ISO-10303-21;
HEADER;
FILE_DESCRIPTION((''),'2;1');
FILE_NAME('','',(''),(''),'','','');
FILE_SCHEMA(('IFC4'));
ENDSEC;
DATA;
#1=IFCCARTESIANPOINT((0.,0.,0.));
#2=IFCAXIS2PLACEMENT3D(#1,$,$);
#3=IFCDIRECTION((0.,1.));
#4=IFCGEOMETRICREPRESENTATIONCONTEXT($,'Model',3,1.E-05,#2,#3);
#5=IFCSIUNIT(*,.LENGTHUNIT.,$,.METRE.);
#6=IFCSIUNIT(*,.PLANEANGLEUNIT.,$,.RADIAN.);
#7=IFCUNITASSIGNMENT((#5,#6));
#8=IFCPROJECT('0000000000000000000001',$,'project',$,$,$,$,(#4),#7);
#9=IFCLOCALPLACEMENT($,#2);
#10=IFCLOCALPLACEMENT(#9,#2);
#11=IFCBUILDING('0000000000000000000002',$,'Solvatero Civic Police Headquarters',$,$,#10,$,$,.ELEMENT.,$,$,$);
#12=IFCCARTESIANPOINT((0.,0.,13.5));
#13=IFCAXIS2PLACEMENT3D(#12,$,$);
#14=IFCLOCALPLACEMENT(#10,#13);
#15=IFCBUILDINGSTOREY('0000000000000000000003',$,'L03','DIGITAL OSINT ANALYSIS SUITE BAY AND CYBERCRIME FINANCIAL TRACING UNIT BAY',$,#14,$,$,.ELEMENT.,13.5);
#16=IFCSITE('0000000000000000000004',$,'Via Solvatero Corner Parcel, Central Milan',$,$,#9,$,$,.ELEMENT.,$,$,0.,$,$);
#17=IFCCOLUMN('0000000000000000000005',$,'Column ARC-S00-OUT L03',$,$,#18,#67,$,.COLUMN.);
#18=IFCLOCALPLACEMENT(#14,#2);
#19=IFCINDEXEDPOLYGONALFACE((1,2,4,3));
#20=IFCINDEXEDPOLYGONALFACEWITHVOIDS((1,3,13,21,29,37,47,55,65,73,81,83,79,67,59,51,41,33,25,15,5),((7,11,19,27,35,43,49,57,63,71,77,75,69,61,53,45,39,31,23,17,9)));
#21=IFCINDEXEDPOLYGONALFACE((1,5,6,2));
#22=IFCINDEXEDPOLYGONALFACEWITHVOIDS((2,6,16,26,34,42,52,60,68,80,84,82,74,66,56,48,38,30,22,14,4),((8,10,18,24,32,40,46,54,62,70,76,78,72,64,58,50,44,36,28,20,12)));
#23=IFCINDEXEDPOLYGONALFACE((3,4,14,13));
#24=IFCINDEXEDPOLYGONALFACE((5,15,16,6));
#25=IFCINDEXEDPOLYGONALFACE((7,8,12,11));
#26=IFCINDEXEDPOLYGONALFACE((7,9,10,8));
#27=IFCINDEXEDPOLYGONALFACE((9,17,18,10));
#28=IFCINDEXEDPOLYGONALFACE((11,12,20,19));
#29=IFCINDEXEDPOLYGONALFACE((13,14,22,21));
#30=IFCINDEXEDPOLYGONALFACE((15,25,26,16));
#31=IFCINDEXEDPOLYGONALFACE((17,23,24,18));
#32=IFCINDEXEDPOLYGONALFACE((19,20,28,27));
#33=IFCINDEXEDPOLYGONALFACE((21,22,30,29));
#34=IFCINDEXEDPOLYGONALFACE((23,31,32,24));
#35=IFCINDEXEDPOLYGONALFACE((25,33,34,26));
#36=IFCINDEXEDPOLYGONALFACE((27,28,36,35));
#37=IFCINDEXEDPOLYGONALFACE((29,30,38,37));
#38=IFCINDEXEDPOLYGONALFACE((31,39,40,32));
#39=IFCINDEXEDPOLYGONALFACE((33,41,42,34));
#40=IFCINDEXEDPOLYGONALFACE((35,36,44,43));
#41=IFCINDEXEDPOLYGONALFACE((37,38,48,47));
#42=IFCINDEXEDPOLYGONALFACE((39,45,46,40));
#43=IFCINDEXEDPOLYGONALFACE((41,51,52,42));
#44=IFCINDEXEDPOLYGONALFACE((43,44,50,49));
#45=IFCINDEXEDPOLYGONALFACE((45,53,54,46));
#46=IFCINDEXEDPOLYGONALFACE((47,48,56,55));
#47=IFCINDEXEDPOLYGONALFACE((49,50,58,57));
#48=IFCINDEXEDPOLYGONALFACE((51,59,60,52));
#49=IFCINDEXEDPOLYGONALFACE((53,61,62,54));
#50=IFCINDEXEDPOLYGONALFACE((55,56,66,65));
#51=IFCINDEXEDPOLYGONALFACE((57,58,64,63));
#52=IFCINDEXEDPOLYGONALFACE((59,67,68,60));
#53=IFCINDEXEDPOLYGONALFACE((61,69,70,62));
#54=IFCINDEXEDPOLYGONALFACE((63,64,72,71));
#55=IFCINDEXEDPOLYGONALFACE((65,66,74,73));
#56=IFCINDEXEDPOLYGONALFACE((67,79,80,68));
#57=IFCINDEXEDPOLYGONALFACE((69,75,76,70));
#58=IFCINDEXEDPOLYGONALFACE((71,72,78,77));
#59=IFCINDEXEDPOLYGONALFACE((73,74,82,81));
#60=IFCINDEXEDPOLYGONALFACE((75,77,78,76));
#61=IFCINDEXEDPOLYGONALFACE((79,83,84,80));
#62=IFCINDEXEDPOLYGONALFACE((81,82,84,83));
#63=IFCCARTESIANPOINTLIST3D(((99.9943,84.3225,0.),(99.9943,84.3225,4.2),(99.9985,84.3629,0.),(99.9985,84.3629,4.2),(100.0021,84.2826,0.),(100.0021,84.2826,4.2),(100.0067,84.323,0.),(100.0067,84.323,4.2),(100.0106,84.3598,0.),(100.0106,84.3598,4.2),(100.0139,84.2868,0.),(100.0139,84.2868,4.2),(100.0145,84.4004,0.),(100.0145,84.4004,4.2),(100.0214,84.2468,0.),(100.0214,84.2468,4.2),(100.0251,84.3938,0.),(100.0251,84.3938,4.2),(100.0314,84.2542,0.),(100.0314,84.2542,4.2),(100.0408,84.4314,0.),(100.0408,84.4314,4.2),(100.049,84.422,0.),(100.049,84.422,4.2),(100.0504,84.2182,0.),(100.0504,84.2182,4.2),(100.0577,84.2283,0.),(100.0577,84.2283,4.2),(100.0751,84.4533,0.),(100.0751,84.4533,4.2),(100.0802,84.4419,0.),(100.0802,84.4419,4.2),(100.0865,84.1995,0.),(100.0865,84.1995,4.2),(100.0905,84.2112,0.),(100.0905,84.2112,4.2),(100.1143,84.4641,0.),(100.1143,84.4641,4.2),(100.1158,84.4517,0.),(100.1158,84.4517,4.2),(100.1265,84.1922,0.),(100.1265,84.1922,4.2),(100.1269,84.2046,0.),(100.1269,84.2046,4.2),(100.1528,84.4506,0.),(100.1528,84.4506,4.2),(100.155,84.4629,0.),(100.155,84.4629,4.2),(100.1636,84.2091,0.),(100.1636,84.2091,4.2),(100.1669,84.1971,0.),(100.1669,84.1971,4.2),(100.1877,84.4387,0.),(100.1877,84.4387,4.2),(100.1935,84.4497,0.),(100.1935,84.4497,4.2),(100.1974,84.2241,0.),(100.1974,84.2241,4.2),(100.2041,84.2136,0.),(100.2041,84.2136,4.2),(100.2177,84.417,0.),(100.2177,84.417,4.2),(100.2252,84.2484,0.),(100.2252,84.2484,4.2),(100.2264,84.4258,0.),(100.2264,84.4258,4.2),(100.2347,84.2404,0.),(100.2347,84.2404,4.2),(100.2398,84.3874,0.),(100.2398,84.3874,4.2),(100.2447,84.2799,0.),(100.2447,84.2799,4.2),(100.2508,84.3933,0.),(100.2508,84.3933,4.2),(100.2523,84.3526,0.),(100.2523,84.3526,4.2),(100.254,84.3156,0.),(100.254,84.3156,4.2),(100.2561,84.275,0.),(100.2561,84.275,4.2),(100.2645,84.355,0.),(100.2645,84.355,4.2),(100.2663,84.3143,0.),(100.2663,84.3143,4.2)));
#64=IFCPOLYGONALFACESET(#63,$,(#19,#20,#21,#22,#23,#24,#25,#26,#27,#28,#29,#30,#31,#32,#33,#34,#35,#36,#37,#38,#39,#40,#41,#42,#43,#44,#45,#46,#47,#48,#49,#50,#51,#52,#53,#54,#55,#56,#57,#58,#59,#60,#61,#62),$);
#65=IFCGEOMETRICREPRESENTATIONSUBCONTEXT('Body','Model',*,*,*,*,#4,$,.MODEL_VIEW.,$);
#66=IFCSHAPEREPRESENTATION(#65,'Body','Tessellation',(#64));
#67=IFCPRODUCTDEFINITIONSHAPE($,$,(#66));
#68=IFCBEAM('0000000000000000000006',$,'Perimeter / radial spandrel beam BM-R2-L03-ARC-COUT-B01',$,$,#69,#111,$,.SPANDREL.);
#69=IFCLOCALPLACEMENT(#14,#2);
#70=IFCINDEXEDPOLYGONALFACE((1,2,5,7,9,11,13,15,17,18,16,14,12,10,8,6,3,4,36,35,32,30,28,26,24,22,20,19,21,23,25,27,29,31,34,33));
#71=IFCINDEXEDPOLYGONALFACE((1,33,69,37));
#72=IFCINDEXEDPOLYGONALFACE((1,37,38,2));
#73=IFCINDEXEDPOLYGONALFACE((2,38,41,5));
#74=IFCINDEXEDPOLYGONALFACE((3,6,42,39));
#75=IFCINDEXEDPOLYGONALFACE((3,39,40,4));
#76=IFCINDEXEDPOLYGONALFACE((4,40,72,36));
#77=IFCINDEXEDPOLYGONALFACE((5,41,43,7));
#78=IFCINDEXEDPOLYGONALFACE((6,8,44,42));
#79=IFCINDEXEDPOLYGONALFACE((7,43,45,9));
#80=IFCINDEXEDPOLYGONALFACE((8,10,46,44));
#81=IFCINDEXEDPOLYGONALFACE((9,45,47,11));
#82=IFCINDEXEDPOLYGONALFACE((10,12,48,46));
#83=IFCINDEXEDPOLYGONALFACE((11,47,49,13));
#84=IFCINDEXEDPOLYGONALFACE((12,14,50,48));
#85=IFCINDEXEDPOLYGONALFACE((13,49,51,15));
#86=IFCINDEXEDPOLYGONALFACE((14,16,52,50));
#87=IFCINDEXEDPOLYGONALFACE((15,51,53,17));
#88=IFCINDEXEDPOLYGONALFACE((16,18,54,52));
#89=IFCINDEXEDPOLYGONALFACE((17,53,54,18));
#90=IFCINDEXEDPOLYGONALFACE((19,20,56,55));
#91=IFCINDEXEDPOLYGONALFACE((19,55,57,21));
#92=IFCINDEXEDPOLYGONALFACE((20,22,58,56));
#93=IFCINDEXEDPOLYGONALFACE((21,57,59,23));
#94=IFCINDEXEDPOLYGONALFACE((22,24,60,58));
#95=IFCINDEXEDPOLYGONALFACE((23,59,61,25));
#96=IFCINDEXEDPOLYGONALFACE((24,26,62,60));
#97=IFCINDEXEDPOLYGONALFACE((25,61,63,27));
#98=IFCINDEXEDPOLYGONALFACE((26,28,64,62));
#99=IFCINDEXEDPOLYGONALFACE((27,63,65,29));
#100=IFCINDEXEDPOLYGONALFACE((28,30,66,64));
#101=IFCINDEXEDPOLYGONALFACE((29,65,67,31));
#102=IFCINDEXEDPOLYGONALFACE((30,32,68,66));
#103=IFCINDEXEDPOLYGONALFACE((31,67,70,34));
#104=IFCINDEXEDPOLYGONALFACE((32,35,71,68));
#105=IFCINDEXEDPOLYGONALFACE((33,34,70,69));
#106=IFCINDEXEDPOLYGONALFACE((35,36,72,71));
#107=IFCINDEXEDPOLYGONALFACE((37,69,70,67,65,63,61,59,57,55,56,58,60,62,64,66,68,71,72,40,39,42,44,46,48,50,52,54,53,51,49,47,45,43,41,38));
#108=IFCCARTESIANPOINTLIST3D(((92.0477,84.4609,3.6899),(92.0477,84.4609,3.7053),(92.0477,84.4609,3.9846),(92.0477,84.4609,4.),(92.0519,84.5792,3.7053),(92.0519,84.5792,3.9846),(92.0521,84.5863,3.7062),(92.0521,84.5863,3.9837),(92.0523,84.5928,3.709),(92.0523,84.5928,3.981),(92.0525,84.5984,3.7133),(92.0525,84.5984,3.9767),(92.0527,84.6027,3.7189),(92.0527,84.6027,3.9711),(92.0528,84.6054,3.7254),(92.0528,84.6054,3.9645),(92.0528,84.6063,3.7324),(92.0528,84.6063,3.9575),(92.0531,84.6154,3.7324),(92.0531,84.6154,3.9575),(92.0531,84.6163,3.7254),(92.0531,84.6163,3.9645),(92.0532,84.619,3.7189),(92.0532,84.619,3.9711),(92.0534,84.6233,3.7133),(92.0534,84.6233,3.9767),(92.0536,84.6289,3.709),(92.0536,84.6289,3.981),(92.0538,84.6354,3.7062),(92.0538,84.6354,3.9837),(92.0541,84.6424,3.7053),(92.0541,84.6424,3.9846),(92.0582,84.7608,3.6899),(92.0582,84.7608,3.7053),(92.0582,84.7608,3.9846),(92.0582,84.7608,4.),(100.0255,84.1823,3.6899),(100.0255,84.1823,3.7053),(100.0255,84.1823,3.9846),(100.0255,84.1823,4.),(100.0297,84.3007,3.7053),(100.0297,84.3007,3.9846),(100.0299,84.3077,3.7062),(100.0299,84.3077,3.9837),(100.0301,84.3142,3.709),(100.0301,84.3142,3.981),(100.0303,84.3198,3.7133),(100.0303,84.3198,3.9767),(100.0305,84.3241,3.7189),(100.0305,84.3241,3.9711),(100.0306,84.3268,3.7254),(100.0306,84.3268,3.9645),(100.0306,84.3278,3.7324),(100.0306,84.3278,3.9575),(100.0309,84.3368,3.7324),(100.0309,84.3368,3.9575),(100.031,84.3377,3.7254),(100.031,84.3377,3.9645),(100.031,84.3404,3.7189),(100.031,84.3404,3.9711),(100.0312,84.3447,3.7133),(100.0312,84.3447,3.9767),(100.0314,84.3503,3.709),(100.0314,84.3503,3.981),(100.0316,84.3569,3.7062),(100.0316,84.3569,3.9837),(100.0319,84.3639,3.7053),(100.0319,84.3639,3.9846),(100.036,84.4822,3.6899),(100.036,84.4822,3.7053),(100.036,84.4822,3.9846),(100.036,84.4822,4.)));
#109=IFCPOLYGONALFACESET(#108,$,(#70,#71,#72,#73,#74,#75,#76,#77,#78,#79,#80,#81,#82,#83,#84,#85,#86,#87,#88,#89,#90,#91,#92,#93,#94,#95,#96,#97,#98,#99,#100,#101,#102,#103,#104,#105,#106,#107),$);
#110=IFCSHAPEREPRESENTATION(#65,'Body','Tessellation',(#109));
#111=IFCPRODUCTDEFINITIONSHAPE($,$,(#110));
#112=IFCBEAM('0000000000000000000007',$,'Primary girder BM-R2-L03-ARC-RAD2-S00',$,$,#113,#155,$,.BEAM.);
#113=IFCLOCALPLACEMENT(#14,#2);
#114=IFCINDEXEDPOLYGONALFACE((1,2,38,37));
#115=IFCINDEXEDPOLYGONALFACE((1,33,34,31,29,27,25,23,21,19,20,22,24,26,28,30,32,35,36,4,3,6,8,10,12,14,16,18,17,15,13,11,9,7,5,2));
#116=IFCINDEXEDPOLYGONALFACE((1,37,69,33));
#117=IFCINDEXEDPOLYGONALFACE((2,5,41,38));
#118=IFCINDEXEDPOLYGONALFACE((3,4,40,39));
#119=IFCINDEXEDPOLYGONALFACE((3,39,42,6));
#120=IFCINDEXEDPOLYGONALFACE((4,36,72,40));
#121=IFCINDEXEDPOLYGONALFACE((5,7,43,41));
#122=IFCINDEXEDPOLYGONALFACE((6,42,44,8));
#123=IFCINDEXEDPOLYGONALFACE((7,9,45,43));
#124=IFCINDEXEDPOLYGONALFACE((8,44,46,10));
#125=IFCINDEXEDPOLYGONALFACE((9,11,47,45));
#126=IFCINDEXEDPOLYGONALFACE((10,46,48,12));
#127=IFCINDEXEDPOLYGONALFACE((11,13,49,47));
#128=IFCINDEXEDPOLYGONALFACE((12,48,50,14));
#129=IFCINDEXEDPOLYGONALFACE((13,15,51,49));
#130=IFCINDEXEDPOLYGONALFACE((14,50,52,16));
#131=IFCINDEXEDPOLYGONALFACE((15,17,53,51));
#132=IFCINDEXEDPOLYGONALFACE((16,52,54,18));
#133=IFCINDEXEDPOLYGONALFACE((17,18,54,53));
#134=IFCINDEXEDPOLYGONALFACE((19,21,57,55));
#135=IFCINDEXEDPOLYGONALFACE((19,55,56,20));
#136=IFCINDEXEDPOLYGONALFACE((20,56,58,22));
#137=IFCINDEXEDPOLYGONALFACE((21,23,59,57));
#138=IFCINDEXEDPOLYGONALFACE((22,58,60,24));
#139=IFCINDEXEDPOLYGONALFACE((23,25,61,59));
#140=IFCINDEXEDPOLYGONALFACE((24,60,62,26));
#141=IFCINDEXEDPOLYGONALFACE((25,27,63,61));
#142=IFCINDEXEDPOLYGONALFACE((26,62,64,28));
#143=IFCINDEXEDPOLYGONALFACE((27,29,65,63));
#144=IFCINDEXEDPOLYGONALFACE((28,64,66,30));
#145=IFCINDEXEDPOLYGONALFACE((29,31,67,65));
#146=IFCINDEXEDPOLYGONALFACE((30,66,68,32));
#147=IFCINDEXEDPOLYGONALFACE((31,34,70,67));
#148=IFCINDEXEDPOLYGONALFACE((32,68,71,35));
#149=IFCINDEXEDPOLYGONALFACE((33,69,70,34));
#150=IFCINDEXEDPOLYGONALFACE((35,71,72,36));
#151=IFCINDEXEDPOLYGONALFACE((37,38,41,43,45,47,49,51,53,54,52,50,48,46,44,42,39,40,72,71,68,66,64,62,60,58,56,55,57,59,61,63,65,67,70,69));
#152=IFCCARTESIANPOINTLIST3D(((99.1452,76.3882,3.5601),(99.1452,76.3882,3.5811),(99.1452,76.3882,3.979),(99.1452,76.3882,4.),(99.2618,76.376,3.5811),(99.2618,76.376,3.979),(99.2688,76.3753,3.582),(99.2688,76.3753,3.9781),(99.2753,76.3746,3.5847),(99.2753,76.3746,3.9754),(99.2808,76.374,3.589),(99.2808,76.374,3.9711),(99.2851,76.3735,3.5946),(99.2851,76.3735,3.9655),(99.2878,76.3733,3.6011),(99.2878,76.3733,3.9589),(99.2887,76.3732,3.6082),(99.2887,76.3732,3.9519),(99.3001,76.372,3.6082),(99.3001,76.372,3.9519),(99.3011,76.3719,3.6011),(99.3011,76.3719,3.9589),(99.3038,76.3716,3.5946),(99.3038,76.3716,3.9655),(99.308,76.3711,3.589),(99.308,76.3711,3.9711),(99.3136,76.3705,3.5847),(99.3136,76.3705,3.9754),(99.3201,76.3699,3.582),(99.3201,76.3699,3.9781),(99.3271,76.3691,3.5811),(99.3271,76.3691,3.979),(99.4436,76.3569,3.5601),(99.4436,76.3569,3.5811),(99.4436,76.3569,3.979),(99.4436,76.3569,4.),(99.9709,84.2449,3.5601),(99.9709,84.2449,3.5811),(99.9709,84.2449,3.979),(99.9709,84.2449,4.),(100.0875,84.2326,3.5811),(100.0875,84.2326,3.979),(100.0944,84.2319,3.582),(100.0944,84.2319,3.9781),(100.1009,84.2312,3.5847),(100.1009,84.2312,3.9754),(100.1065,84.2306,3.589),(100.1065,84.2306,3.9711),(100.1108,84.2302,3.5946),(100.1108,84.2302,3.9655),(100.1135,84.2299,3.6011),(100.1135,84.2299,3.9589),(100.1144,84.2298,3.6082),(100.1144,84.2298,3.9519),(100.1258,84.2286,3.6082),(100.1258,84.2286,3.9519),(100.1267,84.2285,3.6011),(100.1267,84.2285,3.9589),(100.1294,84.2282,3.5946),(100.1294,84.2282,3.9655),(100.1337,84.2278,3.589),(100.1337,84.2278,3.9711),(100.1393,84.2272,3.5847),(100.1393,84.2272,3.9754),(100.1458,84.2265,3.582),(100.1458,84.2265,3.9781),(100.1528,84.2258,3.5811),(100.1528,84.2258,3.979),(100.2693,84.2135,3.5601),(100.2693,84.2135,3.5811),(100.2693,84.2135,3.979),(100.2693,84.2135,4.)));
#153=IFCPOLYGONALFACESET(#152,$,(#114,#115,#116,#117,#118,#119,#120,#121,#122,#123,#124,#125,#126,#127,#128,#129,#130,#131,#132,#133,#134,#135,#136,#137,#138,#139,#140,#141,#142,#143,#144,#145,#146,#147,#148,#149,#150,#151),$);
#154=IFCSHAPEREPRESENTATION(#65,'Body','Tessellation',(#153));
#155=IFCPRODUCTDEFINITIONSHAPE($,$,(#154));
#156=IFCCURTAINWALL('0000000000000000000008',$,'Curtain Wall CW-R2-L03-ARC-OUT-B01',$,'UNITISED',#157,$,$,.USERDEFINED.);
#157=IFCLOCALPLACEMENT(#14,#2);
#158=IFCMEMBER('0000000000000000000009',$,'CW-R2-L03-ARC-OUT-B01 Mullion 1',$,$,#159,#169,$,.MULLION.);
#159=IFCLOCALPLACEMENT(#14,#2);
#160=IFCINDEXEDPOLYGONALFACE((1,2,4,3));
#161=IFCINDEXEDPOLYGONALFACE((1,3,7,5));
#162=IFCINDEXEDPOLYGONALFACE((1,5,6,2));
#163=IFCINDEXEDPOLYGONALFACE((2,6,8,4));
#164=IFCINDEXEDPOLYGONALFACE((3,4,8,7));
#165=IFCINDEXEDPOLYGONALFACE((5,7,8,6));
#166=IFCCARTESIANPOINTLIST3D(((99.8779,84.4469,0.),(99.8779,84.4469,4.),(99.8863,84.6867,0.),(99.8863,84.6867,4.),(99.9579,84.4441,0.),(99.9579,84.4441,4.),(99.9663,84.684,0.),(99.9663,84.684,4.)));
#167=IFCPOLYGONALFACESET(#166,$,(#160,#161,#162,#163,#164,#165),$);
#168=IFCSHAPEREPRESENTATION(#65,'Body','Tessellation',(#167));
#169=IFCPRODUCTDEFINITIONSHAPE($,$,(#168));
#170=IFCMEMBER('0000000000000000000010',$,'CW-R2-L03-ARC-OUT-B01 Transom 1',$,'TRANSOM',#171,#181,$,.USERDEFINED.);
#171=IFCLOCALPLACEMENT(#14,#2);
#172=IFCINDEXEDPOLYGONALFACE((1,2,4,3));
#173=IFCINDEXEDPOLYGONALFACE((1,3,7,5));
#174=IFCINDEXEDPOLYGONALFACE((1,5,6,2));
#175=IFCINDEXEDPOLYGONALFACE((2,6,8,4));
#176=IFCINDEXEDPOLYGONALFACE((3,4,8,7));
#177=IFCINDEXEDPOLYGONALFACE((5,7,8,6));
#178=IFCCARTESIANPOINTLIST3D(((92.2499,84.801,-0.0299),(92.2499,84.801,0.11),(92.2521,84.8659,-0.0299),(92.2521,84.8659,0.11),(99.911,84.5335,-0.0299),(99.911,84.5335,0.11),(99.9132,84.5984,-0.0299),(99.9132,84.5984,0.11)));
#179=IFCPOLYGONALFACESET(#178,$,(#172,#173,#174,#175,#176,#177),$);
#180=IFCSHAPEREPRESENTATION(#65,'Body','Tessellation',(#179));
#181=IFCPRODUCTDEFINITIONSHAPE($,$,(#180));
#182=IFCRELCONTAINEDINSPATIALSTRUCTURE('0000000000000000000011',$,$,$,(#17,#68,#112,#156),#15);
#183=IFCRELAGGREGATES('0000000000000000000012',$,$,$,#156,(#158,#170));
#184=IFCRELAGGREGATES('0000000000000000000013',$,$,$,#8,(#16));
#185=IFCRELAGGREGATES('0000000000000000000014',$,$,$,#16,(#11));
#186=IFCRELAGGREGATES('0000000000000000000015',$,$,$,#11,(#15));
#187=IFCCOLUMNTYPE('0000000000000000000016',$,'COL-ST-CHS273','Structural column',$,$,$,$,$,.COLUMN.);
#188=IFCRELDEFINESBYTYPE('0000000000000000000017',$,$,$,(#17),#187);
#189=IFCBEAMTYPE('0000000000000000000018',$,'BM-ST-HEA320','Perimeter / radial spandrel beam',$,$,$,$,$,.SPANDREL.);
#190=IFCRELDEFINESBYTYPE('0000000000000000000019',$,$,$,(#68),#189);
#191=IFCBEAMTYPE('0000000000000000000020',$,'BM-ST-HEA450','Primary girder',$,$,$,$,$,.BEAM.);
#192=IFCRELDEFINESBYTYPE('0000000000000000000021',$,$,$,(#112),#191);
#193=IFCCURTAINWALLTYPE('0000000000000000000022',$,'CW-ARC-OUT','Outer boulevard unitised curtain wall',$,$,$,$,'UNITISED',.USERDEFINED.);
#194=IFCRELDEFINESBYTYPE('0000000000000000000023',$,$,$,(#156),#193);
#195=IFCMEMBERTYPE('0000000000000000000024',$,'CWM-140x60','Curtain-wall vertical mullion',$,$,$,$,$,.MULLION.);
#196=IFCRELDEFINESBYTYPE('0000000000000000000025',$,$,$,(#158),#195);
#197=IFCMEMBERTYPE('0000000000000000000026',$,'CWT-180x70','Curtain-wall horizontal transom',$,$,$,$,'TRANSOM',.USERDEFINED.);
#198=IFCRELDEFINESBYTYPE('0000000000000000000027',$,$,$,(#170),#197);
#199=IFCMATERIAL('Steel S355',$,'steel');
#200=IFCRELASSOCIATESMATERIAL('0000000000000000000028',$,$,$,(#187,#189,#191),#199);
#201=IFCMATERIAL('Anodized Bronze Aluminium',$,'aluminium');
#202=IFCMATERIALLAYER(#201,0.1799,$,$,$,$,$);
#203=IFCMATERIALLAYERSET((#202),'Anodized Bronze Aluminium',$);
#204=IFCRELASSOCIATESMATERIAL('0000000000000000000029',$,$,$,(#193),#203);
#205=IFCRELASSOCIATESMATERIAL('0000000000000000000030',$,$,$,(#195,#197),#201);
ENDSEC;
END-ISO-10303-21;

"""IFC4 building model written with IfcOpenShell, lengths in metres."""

from ifc_helpers import new_model, si_unit, direction, frame, origin, origin_2d, place, context, subcontext, project, spatial, rectangle, hollow_circle, i_section, extrude, material, layer, layer_set, material_profile, profile_set, type_object, element, aggregate, save


model = new_model("IFC4")

# Units and contexts
model_context = context("Model", 3, precision=1e-05, world=origin(), true_north=direction((0.0, 1.0)))
body_context = subcontext(model_context, "Body", "Model", "MODEL_VIEW")
ifc_project = project(units=[si_unit("LENGTHUNIT", "METRE"), si_unit("PLANEANGLEUNIT", "RADIAN")], contexts=[model_context])

# Site, building, storey
site_placement = place(None, origin())
site = spatial("IfcSite", under=ifc_project, at=site_placement, Name="Via Solvatero Corner Parcel, Central Milan", CompositionType="ELEMENT", RefElevation=0.0)
building_placement = place(site_placement, origin())
building = spatial("IfcBuilding", under=site, at=building_placement, Name="Solvatero Civic Police Headquarters", CompositionType="ELEMENT")
storey_placement = place(building_placement, frame((0.0, 0.0, 13.5)))
storey = spatial("IfcBuildingStorey", under=building, at=storey_placement, Name="L03", Description="DIGITAL OSINT ANALYSIS SUITE BAY AND CYBERCRIME FINANCIAL TRACING UNIT BAY", CompositionType="ELEMENT", Elevation=13.5)

# Column
ifc_material_1 = material(Name="Steel S355", Category="steel")
ifc_material_profile_1 = material_profile(ifc_material_1, hollow_circle(Radius=0.1365, WallThickness=0.0125, at=origin_2d()), Name="CHS 273.0x12.5")
ifc_profile_set_1 = profile_set([ifc_material_profile_1], Name="Steel S355")
column_type = type_object("IfcColumnType", Name="COL-ST-CHS273", Description="Structural column", PredefinedType="COLUMN", material=ifc_profile_set_1)
column_placement = place(storey_placement, frame((100.1306, 84.3286, 0.0), z_axis=(0.0, 0.0, 1.0), x_axis=(0.994522, -0.104528, 0.0)))
element("IfcColumn", 1, at=column_placement, inside=storey, type_object=column_type, Name="Column ARC-S00-OUT L03", PredefinedType="COLUMN", context=body_context, shape_type="SweptSolid", body=[
    extrude(hollow_circle(Radius=0.1365, WallThickness=0.0125, at=origin_2d()), origin(), (0.0, 0.0, 1.0), 4.2),
])

# Beams
ifc_material_profile_2 = material_profile(ifc_material_1, i_section(OverallWidth=0.3, OverallDepth=0.3101, WebThickness=0.009, FlangeThickness=0.0154, FilletRadius=0.0271, at=origin_2d()), Name="HEA 320")
ifc_profile_set_2 = profile_set([ifc_material_profile_2], Name="Steel S355")
beam_type_1 = type_object("IfcBeamType", Name="BM-ST-HEA320", Description="Perimeter / radial spandrel beam", PredefinedType="SPANDREL", material=ifc_profile_set_2)
beam_1_placement = place(storey_placement, frame((100.0308, 84.3323, 3.845), z_axis=(-0.999391, 0.034896, 0.0), x_axis=(-0.034896, -0.999391, 0.0)))
element("IfcBeam", 2, at=beam_1_placement, inside=storey, type_object=beam_type_1, Name="Perimeter / radial spandrel beam BM-R2-L03-ARC-COUT-B01", PredefinedType="SPANDREL", context=body_context, shape_type="SweptSolid", body=[
    extrude(i_section(OverallWidth=0.3, OverallDepth=0.3101, WebThickness=0.009, FlangeThickness=0.0154, FilletRadius=0.0271, at=origin_2d()), origin(), (0.0, 0.0, 1.0), 7.9827),
])
ifc_material_profile_3 = material_profile(ifc_material_1, i_section(OverallWidth=0.3, OverallDepth=0.4399, WebThickness=0.0115, FlangeThickness=0.021, FilletRadius=0.0271, at=origin_2d()), Name="HEA 450")
ifc_profile_set_3 = profile_set([ifc_material_profile_3], Name="Steel S355")
beam_type_2 = type_object("IfcBeamType", Name="BM-ST-HEA450", Description="Primary girder", PredefinedType="BEAM", material=ifc_profile_set_3)
beam_2_placement = place(storey_placement, frame((99.2944, 76.3726, 3.78), z_axis=(0.104517, 0.994523, 0.0), x_axis=(-0.994523, 0.104517, 0.0)))
element("IfcBeam", 3, at=beam_2_placement, inside=storey, type_object=beam_type_2, Name="Primary girder BM-R2-L03-ARC-RAD2-S00", PredefinedType="BEAM", context=body_context, shape_type="SweptSolid", body=[
    extrude(i_section(OverallWidth=0.3, OverallDepth=0.4399, WebThickness=0.0115, FlangeThickness=0.021, FilletRadius=0.0271, at=origin_2d()), origin(), (0.0, 0.0, 1.0), 7.8999),
])

# Curtain wall, members
ifc_material_2 = material(Name="Anodized Bronze Aluminium", Category="aluminium")
ifc_layer_1 = layer(ifc_material_2, 0.1799)
ifc_layer_set_1 = layer_set([ifc_layer_1], Name="Anodized Bronze Aluminium")
curtain_wall_type = type_object("IfcCurtainWallType", Name="CW-ARC-OUT", Description="Outer boulevard unitised curtain wall", ElementType="UNITISED", PredefinedType="USERDEFINED", material=ifc_layer_set_1)
curtain_wall_placement = place(storey_placement, origin())
curtain_wall = element("IfcCurtainWall", 4, at=curtain_wall_placement, inside=storey, type_object=curtain_wall_type, Name="Curtain Wall CW-R2-L03-ARC-OUT-B01", ObjectType="UNITISED", PredefinedType="USERDEFINED")
ifc_material_profile_4 = material_profile(ifc_material_2, rectangle(XDim=0.0801, YDim=0.24, at=origin_2d()), Name="ALU MULLION 80x240")
ifc_profile_set_4 = profile_set([ifc_material_profile_4], Name="Anodized Bronze Aluminium")
member_type_1 = type_object("IfcMemberType", Name="CWM-140x60", Description="Curtain-wall vertical mullion", PredefinedType="MULLION", material=ifc_profile_set_4)
member_1_placement = place(storey_placement, frame((99.9221, 84.5654, 0.0), z_axis=(0.0, 0.0, 1.0), x_axis=(-0.99939, 0.034917, 0.0)))
member_1 = element("IfcMember", 5, at=member_1_placement, type_object=member_type_1, Name="CW-R2-L03-ARC-OUT-B01 Mullion 1", PredefinedType="MULLION", context=body_context, shape_type="SweptSolid", body=[
    extrude(rectangle(XDim=0.0801, YDim=0.24, at=origin_2d()), origin(), (0.0, 0.0, 1.0), 4.0),
])
ifc_material_profile_5 = material_profile(ifc_material_2, rectangle(XDim=0.0649, YDim=0.1399, at=origin_2d()), Name="ALU TRANSOM 65x140")
ifc_profile_set_5 = profile_set([ifc_material_profile_5], Name="Anodized Bronze Aluminium")
member_type_2 = type_object("IfcMemberType", Name="CWT-180x70", Description="Curtain-wall horizontal transom", ElementType="TRANSOM", PredefinedType="USERDEFINED", material=ifc_profile_set_5)
member_2_placement = place(storey_placement, frame((99.9121, 84.5659, 0.04), z_axis=(-0.999391, 0.034905, 0.0), x_axis=(-0.034905, -0.999391, 0.0)))
member_2 = element("IfcMember", 6, at=member_2_placement, type_object=member_type_2, Name="CW-R2-L03-ARC-OUT-B01 Transom 1", ObjectType="TRANSOM", PredefinedType="USERDEFINED", context=body_context, shape_type="SweptSolid", body=[
    extrude(rectangle(XDim=0.0649, YDim=0.1399, at=origin_2d()), origin(), (0.0, 0.0, 1.0), 7.6658),
])
aggregate(curtain_wall, [member_1, member_2])

save(model, "model.ifc")
